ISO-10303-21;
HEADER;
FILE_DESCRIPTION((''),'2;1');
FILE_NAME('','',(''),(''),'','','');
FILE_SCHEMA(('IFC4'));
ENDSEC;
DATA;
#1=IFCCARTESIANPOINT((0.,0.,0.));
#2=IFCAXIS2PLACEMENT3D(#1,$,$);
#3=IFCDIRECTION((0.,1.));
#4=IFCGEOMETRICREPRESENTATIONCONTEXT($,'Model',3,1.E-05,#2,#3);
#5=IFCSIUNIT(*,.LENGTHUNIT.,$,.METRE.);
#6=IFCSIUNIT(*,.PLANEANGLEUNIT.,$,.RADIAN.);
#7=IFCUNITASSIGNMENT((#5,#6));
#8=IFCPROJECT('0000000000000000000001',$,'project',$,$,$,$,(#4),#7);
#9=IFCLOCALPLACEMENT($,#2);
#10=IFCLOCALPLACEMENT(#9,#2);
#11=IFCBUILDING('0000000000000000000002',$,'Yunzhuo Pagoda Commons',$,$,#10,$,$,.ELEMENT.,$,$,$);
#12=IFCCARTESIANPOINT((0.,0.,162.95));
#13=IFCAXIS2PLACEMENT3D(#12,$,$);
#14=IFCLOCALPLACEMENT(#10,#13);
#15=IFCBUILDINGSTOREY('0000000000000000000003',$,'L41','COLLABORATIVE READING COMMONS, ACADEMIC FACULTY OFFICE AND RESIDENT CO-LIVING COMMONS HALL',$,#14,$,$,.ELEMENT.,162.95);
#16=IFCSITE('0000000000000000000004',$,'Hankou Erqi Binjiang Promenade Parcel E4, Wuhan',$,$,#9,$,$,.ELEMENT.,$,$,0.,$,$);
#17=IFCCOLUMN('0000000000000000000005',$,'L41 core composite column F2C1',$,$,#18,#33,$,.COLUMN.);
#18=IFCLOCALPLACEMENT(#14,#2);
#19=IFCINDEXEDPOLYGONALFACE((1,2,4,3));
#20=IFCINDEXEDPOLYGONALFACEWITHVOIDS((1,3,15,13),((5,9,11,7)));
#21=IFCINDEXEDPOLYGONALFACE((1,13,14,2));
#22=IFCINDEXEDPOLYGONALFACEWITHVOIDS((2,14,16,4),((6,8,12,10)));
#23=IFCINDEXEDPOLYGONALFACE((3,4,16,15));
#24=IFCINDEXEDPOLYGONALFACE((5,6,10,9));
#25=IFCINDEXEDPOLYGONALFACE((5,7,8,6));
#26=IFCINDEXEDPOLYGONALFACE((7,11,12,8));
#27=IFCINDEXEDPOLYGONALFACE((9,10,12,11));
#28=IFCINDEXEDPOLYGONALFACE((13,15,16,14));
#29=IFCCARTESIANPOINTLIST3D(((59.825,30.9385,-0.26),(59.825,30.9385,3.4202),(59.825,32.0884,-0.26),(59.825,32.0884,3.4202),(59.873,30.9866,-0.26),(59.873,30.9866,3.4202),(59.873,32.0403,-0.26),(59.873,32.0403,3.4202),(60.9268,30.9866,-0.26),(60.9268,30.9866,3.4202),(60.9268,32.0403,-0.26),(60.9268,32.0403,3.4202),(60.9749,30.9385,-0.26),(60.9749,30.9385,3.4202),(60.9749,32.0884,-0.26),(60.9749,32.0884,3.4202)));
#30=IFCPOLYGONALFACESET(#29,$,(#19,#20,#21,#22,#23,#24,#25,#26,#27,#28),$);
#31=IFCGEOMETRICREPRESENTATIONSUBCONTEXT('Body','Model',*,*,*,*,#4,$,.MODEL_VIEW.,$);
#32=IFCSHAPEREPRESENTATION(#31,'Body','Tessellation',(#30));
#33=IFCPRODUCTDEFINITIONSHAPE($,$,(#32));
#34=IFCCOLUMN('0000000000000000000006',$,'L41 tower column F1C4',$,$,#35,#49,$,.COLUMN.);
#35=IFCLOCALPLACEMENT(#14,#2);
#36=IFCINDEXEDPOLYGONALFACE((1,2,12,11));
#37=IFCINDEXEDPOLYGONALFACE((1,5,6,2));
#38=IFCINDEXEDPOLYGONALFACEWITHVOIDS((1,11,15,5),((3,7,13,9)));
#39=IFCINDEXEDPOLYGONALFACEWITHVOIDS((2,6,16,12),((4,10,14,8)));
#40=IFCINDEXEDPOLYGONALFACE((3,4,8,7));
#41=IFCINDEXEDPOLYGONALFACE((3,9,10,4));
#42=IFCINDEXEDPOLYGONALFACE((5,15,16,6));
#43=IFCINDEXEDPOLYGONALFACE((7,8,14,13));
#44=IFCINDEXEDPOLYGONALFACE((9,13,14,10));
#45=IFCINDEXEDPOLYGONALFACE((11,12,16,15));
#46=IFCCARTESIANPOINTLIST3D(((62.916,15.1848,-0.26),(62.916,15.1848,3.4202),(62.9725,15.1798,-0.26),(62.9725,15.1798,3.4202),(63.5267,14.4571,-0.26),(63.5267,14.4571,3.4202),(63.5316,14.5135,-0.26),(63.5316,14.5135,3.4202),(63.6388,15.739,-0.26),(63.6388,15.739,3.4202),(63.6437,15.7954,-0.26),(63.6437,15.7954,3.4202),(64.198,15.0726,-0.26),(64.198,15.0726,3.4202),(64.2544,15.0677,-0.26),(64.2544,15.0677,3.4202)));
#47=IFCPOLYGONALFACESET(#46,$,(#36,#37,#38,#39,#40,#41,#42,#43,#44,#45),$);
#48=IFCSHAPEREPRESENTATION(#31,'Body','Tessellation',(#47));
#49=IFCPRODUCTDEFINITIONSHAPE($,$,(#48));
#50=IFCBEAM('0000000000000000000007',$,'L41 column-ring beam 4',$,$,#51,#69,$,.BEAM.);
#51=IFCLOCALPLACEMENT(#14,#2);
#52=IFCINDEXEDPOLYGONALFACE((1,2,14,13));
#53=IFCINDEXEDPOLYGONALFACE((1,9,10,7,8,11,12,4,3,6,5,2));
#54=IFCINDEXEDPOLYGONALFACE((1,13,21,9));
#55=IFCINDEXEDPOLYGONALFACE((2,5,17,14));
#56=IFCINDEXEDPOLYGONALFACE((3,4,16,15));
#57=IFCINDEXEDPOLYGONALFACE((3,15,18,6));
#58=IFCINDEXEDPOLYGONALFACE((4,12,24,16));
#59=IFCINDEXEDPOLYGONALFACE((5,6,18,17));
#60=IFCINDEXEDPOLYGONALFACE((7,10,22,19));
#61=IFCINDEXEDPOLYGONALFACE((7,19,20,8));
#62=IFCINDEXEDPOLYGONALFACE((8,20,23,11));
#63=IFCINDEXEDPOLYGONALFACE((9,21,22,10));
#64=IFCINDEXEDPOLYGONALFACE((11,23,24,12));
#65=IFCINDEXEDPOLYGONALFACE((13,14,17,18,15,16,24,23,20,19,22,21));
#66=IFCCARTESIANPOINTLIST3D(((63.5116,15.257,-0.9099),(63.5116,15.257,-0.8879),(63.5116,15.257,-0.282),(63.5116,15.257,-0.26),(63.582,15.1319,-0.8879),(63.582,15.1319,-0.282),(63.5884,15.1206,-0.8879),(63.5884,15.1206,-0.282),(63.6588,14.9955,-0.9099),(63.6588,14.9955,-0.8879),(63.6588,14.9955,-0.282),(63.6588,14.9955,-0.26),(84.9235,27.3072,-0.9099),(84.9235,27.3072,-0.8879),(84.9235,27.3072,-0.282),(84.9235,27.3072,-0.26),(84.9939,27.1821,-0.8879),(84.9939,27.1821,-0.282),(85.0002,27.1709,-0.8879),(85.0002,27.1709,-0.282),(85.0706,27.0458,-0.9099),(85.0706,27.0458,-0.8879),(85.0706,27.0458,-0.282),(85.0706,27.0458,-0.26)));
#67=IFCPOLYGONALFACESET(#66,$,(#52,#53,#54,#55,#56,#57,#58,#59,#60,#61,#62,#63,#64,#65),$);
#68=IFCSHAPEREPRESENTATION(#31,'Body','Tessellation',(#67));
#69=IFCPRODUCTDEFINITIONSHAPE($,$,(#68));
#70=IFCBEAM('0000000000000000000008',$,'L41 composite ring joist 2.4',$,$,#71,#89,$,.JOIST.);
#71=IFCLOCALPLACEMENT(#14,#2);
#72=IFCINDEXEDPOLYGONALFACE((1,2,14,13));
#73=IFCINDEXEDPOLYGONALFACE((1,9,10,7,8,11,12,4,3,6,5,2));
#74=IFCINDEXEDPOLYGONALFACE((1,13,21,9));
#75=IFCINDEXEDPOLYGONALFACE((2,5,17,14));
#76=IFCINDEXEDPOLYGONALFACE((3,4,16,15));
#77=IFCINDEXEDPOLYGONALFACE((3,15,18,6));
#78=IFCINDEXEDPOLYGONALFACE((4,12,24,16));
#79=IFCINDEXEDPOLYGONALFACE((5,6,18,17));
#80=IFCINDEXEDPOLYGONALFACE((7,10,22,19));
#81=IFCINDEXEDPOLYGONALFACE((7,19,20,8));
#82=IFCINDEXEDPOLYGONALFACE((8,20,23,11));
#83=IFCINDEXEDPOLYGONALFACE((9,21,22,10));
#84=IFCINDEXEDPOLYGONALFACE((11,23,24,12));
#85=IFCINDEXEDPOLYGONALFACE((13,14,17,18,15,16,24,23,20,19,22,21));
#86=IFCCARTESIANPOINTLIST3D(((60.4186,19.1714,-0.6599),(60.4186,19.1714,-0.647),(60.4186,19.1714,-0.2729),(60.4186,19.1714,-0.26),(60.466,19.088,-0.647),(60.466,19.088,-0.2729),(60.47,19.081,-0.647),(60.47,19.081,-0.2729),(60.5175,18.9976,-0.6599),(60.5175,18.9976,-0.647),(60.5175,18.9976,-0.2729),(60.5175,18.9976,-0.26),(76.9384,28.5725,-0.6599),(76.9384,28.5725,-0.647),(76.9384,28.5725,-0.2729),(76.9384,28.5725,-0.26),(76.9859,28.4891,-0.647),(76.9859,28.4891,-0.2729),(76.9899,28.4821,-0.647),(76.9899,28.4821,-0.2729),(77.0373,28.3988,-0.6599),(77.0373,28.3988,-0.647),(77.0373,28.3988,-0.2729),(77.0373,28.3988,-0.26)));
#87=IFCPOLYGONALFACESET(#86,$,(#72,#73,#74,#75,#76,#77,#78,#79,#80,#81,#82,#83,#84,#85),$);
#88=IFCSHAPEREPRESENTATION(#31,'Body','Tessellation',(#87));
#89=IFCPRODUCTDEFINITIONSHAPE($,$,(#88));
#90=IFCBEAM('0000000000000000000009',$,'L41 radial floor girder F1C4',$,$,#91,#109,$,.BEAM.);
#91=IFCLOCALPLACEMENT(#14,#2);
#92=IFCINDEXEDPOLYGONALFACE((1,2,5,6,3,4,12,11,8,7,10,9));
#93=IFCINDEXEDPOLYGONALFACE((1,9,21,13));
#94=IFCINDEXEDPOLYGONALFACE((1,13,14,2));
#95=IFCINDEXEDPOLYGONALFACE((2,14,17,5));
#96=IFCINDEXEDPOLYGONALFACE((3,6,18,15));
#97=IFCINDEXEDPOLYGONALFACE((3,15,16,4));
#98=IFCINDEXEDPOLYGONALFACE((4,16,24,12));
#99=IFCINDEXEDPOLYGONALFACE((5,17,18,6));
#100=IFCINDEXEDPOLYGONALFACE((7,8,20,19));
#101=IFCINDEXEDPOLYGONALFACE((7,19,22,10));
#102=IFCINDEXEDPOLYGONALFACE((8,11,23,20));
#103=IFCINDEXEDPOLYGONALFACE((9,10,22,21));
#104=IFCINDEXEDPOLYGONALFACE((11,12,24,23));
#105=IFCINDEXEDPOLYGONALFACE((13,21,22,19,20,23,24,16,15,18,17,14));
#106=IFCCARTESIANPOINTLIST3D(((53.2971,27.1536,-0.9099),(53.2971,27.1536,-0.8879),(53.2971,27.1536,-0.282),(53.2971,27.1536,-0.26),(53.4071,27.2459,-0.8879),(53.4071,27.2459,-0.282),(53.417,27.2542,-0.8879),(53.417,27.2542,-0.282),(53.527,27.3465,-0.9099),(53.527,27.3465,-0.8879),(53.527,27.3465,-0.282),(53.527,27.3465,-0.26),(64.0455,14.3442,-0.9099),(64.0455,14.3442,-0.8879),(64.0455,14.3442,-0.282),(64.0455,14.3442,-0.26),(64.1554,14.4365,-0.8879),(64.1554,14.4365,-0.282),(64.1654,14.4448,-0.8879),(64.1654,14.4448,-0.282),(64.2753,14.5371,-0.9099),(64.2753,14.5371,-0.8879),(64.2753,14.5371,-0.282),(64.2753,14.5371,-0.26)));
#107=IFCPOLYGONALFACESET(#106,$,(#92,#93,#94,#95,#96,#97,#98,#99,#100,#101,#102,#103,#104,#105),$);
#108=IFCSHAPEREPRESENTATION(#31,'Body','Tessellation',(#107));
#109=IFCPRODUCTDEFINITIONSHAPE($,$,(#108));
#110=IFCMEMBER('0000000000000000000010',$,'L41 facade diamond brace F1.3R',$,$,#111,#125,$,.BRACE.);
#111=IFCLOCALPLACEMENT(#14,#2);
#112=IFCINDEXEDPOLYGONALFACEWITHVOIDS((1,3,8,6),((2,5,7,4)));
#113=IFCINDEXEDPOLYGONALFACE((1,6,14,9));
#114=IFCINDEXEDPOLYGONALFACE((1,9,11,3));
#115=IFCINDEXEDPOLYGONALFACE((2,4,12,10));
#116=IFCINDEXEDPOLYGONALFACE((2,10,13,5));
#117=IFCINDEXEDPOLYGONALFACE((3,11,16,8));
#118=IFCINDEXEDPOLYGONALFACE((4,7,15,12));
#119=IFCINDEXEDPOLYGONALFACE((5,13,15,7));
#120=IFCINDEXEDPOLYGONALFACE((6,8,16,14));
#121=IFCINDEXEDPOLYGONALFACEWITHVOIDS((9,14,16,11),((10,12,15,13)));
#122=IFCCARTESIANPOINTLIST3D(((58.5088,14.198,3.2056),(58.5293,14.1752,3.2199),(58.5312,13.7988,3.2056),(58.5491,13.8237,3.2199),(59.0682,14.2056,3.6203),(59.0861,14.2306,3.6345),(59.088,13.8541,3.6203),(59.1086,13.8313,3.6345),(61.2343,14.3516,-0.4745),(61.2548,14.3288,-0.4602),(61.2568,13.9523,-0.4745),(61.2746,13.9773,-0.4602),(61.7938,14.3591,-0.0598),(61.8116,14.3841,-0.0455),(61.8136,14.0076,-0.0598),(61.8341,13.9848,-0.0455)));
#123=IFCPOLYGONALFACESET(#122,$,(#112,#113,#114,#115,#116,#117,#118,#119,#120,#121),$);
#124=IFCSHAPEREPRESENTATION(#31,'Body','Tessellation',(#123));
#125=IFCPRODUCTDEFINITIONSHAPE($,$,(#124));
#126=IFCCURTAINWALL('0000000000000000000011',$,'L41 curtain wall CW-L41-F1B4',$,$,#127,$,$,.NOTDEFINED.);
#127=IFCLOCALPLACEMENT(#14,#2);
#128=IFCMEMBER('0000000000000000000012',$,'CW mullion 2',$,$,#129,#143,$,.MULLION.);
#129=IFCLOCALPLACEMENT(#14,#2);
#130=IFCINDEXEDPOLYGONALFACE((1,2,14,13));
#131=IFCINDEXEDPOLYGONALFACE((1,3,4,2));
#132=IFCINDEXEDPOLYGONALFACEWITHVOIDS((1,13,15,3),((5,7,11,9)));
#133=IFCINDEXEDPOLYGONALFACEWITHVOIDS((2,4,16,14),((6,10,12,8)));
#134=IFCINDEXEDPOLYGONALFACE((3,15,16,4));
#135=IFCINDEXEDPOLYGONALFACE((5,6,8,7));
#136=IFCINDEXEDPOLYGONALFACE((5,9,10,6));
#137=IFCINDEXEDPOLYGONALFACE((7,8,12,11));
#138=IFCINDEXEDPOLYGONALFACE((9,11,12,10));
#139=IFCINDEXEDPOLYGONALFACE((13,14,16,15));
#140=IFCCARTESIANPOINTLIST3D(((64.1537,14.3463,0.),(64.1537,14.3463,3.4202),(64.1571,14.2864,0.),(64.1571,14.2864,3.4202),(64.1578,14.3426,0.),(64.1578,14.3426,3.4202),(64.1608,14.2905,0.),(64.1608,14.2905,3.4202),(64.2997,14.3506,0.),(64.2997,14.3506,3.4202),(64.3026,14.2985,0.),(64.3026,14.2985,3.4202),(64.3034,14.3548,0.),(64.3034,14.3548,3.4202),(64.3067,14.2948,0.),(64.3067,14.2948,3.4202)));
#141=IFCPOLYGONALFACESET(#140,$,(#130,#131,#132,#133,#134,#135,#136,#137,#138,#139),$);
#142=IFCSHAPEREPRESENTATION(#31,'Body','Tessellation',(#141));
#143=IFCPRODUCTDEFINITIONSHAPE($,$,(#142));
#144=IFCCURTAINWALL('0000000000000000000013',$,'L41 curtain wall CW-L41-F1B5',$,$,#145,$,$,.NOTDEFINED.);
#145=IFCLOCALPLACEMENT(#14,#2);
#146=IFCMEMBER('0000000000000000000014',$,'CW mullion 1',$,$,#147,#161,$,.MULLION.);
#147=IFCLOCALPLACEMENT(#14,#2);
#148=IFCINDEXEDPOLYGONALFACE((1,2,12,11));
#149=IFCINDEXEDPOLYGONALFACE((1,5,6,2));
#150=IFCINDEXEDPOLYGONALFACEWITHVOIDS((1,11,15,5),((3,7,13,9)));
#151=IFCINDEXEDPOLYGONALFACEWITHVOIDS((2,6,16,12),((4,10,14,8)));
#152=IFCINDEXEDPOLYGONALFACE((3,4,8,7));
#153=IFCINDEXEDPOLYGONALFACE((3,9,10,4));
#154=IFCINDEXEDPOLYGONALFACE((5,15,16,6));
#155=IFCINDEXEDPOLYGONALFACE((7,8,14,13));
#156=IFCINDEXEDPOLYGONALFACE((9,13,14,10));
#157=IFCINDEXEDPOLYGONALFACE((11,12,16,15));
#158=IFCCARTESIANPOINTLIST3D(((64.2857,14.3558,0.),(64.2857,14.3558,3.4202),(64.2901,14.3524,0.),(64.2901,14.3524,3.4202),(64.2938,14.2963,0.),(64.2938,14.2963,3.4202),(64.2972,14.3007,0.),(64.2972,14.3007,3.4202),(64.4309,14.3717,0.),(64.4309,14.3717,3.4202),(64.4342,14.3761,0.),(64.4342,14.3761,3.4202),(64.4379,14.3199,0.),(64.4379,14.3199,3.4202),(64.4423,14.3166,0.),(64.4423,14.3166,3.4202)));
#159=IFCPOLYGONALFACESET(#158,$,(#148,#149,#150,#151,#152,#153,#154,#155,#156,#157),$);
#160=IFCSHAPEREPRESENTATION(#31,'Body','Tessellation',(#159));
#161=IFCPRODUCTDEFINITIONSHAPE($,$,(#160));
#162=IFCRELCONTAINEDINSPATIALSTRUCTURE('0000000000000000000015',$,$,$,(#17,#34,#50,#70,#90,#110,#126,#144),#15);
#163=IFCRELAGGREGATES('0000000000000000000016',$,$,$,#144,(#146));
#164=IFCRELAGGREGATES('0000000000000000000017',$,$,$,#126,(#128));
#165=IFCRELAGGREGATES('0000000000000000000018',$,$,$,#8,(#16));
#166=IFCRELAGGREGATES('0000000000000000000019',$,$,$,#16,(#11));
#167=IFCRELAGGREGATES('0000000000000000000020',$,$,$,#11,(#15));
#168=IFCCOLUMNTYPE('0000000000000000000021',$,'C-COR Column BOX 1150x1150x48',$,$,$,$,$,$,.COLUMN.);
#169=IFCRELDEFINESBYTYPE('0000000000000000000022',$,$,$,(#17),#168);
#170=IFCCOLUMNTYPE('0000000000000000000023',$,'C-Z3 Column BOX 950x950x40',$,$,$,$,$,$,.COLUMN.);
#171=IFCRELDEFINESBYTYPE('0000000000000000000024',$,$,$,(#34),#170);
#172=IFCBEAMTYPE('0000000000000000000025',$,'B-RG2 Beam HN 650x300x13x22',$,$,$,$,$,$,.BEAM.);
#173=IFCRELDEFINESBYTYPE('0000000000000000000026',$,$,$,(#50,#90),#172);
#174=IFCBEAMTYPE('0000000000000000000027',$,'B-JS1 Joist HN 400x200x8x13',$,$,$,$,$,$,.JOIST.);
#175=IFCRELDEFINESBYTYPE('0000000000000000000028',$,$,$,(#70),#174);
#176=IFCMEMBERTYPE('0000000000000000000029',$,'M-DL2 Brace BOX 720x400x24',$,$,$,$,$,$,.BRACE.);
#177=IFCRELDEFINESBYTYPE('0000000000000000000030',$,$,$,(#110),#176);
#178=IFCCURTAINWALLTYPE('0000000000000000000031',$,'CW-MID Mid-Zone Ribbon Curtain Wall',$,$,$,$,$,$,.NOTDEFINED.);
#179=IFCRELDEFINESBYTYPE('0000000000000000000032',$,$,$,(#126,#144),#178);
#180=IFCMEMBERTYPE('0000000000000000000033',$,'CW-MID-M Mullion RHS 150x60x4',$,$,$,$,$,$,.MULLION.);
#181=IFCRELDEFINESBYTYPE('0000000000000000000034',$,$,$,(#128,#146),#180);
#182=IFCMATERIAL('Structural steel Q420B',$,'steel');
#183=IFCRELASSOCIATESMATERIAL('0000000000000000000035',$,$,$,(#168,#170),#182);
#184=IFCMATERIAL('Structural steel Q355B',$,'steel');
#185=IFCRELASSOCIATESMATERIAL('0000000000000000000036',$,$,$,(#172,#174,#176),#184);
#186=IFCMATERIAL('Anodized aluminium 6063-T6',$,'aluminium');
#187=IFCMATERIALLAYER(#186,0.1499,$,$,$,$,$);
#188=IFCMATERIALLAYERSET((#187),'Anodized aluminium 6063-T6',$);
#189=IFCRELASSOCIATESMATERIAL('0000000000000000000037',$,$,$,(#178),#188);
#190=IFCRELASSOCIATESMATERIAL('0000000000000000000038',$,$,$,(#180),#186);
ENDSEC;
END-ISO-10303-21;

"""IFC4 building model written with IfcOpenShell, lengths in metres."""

from ifc_helpers import new_model, si_unit, direction, frame, origin, origin_2d, place, context, subcontext, project, spatial, hollow_rectangle, i_section, extrude, source, transform, mapped, material, layer, layer_set, material_profile, profile_set, type_object, element, aggregate, save


model = new_model("IFC4")

# Units and contexts
model_context = context("Model", 3, precision=1e-05, world=origin(), true_north=direction((0.0, 1.0)))
body_context = subcontext(model_context, "Body", "Model", "MODEL_VIEW")
ifc_project = project(units=[si_unit("LENGTHUNIT", "METRE"), si_unit("PLANEANGLEUNIT", "RADIAN")], contexts=[model_context])

# Site, building, storey
site_placement = place(None, origin())
site = spatial("IfcSite", under=ifc_project, at=site_placement, Name="Hankou Erqi Binjiang Promenade Parcel E4, Wuhan", CompositionType="ELEMENT", RefElevation=0.0)
building_placement = place(site_placement, origin())
building = spatial("IfcBuilding", under=site, at=building_placement, Name="Yunzhuo Pagoda Commons", CompositionType="ELEMENT")
storey_placement = place(building_placement, frame((0.0, 0.0, 162.95)))
storey = spatial("IfcBuildingStorey", under=building, at=storey_placement, Name="L41", Description="COLLABORATIVE READING COMMONS, ACADEMIC FACULTY OFFICE AND RESIDENT CO-LIVING COMMONS HALL", CompositionType="ELEMENT", Elevation=162.95)

# Columns
ifc_material_1 = material(Name="Structural steel Q420B", Category="steel")
ifc_material_profile_1 = material_profile(ifc_material_1, hollow_rectangle(XDim=1.1499, YDim=1.1499, WallThickness=0.0481, at=origin_2d()), Name="Structural steel Q420B")
ifc_profile_set_1 = profile_set([ifc_material_profile_1], Name="Structural steel Q420B")
column_type_1 = type_object("IfcColumnType", Name="C-COR Column BOX 1150x1150x48", PredefinedType="COLUMN", material=ifc_profile_set_1)
shared_shape_1 = source(origin(), body_context, "Body", "SweptSolid", [
    extrude(hollow_rectangle(XDim=1.1499, YDim=1.1499, WallThickness=0.0481, at=origin_2d()), origin(), (0.0, 0.0, 1.0), 3.6802),
])
column_1_placement = place(storey_placement, frame((60.3999, 31.5134, -0.26), z_axis=(0.0, 0.0, 1.0), x_axis=(1.0, 0.0, 0.0)))
element("IfcColumn", 1, at=column_1_placement, inside=storey, type_object=column_type_1, Name="L41 core composite column F2C1", PredefinedType="COLUMN", context=body_context, shape_type="MappedRepresentation", body=[
    mapped(shared_shape_1, transform((0.0, 0.0, 0.0), scale=1.0)),
])
ifc_material_profile_2 = material_profile(ifc_material_1, hollow_rectangle(XDim=0.95, YDim=0.95, WallThickness=0.04, at=origin_2d()), Name="Structural steel Q420B")
ifc_profile_set_2 = profile_set([ifc_material_profile_2], Name="Structural steel Q420B")
column_type_2 = type_object("IfcColumnType", Name="C-Z3 Column BOX 950x950x40", PredefinedType="COLUMN", material=ifc_profile_set_2)
shared_shape_2 = source(origin(), body_context, "Body", "SweptSolid", [
    extrude(hollow_rectangle(XDim=0.95, YDim=0.95, WallThickness=0.04, at=origin_2d()), origin(), (0.0, 0.0, 1.0), 3.6802),
])
column_2_placement = place(storey_placement, frame((63.5852, 15.1262, -0.26), z_axis=(0.0, 0.0, 1.0), x_axis=(0.766044, 0.642788, 0.0)))
element("IfcColumn", 2, at=column_2_placement, inside=storey, type_object=column_type_2, Name="L41 tower column F1C4", PredefinedType="COLUMN", context=body_context, shape_type="MappedRepresentation", body=[
    mapped(shared_shape_2, transform((0.0, 0.0, 0.0), scale=1.0)),
])

# Beams
ifc_material_2 = material(Name="Structural steel Q355B", Category="steel")
ifc_material_profile_3 = material_profile(ifc_material_2, i_section(OverallWidth=0.3, OverallDepth=0.6499, WebThickness=0.0129, FlangeThickness=0.022, at=origin_2d()), Name="Structural steel Q355B")
ifc_profile_set_3 = profile_set([ifc_material_profile_3], Name="Structural steel Q355B")
beam_type_1 = type_object("IfcBeamType", Name="B-RG2 Beam HN 650x300x13x22", PredefinedType="BEAM", material=ifc_profile_set_3)
shared_shape_3 = source(origin(), body_context, "Body", "SweptSolid", [
    extrude(i_section(OverallWidth=0.3, OverallDepth=0.6499, WebThickness=0.0129, FlangeThickness=0.022, at=origin_2d()), origin(), (0.0, 0.0, 1.0), 24.5698),
])
beam_1_placement = place(storey_placement, frame((63.5852, 15.1262, -0.585), z_axis=(0.871469, 0.49045, 0.0), x_axis=(-0.49045, 0.871469, 0.0)))
element("IfcBeam", 3, at=beam_1_placement, inside=storey, type_object=beam_type_1, Name="L41 column-ring beam 4", PredefinedType="BEAM", context=body_context, shape_type="MappedRepresentation", body=[
    mapped(shared_shape_3, transform((0.0, 0.0, 0.0), scale=1.0)),
])
ifc_material_profile_4 = material_profile(ifc_material_2, i_section(OverallWidth=0.2, OverallDepth=0.3999, WebThickness=0.0081, FlangeThickness=0.0129, at=origin_2d()), Name="Structural steel Q355B")
ifc_profile_set_4 = profile_set([ifc_material_profile_4], Name="Structural steel Q355B")
beam_type_2 = type_object("IfcBeamType", Name="B-JS1 Joist HN 400x200x8x13", PredefinedType="JOIST", material=ifc_profile_set_4)
shared_shape_4 = source(origin(), body_context, "Body", "SweptSolid", [
    extrude(i_section(OverallWidth=0.2, OverallDepth=0.3999, WebThickness=0.0081, FlangeThickness=0.0129, at=origin_2d()), origin(), (0.0, 0.0, 1.0), 19.0076),
])
beam_2_placement = place(storey_placement, frame((60.468, 19.0845, -0.46), z_axis=(0.86912, 0.494601, 0.0), x_axis=(-0.494601, 0.86912, 0.0)))
element("IfcBeam", 4, at=beam_2_placement, inside=storey, type_object=beam_type_2, Name="L41 composite ring joist 2.4", PredefinedType="JOIST", context=body_context, shape_type="MappedRepresentation", body=[
    mapped(shared_shape_4, transform((0.0, 0.0, 0.0), scale=1.0)),
])
shared_shape_5 = source(origin(), body_context, "Body", "SweptSolid", [
    extrude(i_section(OverallWidth=0.3, OverallDepth=0.6499, WebThickness=0.0129, FlangeThickness=0.022, at=origin_2d()), origin(), (0.0, 0.0, 1.0), 16.7214),
])
beam_3_placement = place(storey_placement, frame((64.1604, 14.4407, -0.585), z_axis=(-0.642787, 0.766045, 0.0), x_axis=(-0.766045, -0.642787, 0.0)))
element("IfcBeam", 5, at=beam_3_placement, inside=storey, type_object=beam_type_1, Name="L41 radial floor girder F1C4", PredefinedType="BEAM", context=body_context, shape_type="MappedRepresentation", body=[
    mapped(shared_shape_5, transform((0.0, 0.0, 0.0), scale=1.0)),
])

# Member
ifc_material_profile_5 = material_profile(ifc_material_2, hollow_rectangle(XDim=0.3999, YDim=0.72, WallThickness=0.0239, at=origin_2d()), Name="Structural steel Q355B")
ifc_profile_set_5 = profile_set([ifc_material_profile_5], Name="Structural steel Q355B")
member_type_1 = type_object("IfcMemberType", Name="M-DL2 Brace BOX 720x400x24", PredefinedType="BRACE", material=ifc_profile_set_5)
shared_shape_6 = source(origin(), body_context, "Body", "SweptSolid", [
    extrude(hollow_rectangle(XDim=0.3999, YDim=0.72, WallThickness=0.0239, at=origin_2d()), origin(), (0.0, 0.0, 1.0), 4.582),
])
member_1_placement = place(storey_placement, frame((61.5342, 14.1682, -0.26), z_axis=(-0.594827, -0.033514, 0.803155), x_axis=(0.056253, -0.998417, 0.0)))
element("IfcMember", 6, at=member_1_placement, inside=storey, type_object=member_type_1, Name="L41 facade diamond brace F1.3R", PredefinedType="BRACE", context=body_context, shape_type="MappedRepresentation", body=[
    mapped(shared_shape_6, transform((0.0, 0.0, 0.0), scale=1.0)),
])

# Curtain wall, member
ifc_material_3 = material(Name="Anodized aluminium 6063-T6", Category="aluminium")
ifc_layer_1 = layer(ifc_material_3, 0.1499)
ifc_layer_set_1 = layer_set([ifc_layer_1], Name="Anodized aluminium 6063-T6")
curtain_wall_type = type_object("IfcCurtainWallType", Name="CW-MID Mid-Zone Ribbon Curtain Wall", PredefinedType="NOTDEFINED", material=ifc_layer_set_1)
curtain_wall_1_placement = place(storey_placement, origin())
curtain_wall_1 = element("IfcCurtainWall", 7, at=curtain_wall_1_placement, inside=storey, type_object=curtain_wall_type, Name="L41 curtain wall CW-L41-F1B4", PredefinedType="NOTDEFINED")
ifc_material_profile_6 = material_profile(ifc_material_3, hollow_rectangle(XDim=0.0601, YDim=0.1499, WallThickness=0.0039, at=origin_2d()), Name="Anodized aluminium 6063-T6")
ifc_profile_set_6 = profile_set([ifc_material_profile_6], Name="Anodized aluminium 6063-T6")
member_type_2 = type_object("IfcMemberType", Name="CW-MID-M Mullion RHS 150x60x4", PredefinedType="MULLION", material=ifc_profile_set_6)
shared_shape_7 = source(origin(), body_context, "Body", "SweptSolid", [
    extrude(hollow_rectangle(XDim=0.0601, YDim=0.1499, WallThickness=0.0039, at=origin_2d()), origin(), (0.0, 0.0, 1.0), 3.4202),
])
member_2_placement = place(storey_placement, frame((64.2302, 14.3206, 0.0), z_axis=(0.0, 0.0, 1.0), x_axis=(-0.056299, 0.998414, 0.0)))
member_2 = element("IfcMember", 8, at=member_2_placement, type_object=member_type_2, Name="CW mullion 2", PredefinedType="MULLION", context=body_context, shape_type="MappedRepresentation", body=[
    mapped(shared_shape_7, transform((0.0, 0.0, 0.0), scale=1.0)),
])

# Curtain wall, member
curtain_wall_2_placement = place(storey_placement, origin())
curtain_wall_2 = element("IfcCurtainWall", 9, at=curtain_wall_2_placement, inside=storey, type_object=curtain_wall_type, Name="L41 curtain wall CW-L41-F1B5", PredefinedType="NOTDEFINED")
member_3_placement = place(storey_placement, frame((64.364, 14.3362, 0.0), z_axis=(0.0, 0.0, 1.0), x_axis=(-0.135767, 0.990741, 0.0)))
member_3 = element("IfcMember", 10, at=member_3_placement, type_object=member_type_2, Name="CW mullion 1", PredefinedType="MULLION", context=body_context, shape_type="MappedRepresentation", body=[
    mapped(shared_shape_7, transform((0.0, 0.0, 0.0), scale=1.0)),
])
aggregate(curtain_wall_2, [member_3])

aggregate(curtain_wall_1, [member_2])

save(model, "model.ifc")
